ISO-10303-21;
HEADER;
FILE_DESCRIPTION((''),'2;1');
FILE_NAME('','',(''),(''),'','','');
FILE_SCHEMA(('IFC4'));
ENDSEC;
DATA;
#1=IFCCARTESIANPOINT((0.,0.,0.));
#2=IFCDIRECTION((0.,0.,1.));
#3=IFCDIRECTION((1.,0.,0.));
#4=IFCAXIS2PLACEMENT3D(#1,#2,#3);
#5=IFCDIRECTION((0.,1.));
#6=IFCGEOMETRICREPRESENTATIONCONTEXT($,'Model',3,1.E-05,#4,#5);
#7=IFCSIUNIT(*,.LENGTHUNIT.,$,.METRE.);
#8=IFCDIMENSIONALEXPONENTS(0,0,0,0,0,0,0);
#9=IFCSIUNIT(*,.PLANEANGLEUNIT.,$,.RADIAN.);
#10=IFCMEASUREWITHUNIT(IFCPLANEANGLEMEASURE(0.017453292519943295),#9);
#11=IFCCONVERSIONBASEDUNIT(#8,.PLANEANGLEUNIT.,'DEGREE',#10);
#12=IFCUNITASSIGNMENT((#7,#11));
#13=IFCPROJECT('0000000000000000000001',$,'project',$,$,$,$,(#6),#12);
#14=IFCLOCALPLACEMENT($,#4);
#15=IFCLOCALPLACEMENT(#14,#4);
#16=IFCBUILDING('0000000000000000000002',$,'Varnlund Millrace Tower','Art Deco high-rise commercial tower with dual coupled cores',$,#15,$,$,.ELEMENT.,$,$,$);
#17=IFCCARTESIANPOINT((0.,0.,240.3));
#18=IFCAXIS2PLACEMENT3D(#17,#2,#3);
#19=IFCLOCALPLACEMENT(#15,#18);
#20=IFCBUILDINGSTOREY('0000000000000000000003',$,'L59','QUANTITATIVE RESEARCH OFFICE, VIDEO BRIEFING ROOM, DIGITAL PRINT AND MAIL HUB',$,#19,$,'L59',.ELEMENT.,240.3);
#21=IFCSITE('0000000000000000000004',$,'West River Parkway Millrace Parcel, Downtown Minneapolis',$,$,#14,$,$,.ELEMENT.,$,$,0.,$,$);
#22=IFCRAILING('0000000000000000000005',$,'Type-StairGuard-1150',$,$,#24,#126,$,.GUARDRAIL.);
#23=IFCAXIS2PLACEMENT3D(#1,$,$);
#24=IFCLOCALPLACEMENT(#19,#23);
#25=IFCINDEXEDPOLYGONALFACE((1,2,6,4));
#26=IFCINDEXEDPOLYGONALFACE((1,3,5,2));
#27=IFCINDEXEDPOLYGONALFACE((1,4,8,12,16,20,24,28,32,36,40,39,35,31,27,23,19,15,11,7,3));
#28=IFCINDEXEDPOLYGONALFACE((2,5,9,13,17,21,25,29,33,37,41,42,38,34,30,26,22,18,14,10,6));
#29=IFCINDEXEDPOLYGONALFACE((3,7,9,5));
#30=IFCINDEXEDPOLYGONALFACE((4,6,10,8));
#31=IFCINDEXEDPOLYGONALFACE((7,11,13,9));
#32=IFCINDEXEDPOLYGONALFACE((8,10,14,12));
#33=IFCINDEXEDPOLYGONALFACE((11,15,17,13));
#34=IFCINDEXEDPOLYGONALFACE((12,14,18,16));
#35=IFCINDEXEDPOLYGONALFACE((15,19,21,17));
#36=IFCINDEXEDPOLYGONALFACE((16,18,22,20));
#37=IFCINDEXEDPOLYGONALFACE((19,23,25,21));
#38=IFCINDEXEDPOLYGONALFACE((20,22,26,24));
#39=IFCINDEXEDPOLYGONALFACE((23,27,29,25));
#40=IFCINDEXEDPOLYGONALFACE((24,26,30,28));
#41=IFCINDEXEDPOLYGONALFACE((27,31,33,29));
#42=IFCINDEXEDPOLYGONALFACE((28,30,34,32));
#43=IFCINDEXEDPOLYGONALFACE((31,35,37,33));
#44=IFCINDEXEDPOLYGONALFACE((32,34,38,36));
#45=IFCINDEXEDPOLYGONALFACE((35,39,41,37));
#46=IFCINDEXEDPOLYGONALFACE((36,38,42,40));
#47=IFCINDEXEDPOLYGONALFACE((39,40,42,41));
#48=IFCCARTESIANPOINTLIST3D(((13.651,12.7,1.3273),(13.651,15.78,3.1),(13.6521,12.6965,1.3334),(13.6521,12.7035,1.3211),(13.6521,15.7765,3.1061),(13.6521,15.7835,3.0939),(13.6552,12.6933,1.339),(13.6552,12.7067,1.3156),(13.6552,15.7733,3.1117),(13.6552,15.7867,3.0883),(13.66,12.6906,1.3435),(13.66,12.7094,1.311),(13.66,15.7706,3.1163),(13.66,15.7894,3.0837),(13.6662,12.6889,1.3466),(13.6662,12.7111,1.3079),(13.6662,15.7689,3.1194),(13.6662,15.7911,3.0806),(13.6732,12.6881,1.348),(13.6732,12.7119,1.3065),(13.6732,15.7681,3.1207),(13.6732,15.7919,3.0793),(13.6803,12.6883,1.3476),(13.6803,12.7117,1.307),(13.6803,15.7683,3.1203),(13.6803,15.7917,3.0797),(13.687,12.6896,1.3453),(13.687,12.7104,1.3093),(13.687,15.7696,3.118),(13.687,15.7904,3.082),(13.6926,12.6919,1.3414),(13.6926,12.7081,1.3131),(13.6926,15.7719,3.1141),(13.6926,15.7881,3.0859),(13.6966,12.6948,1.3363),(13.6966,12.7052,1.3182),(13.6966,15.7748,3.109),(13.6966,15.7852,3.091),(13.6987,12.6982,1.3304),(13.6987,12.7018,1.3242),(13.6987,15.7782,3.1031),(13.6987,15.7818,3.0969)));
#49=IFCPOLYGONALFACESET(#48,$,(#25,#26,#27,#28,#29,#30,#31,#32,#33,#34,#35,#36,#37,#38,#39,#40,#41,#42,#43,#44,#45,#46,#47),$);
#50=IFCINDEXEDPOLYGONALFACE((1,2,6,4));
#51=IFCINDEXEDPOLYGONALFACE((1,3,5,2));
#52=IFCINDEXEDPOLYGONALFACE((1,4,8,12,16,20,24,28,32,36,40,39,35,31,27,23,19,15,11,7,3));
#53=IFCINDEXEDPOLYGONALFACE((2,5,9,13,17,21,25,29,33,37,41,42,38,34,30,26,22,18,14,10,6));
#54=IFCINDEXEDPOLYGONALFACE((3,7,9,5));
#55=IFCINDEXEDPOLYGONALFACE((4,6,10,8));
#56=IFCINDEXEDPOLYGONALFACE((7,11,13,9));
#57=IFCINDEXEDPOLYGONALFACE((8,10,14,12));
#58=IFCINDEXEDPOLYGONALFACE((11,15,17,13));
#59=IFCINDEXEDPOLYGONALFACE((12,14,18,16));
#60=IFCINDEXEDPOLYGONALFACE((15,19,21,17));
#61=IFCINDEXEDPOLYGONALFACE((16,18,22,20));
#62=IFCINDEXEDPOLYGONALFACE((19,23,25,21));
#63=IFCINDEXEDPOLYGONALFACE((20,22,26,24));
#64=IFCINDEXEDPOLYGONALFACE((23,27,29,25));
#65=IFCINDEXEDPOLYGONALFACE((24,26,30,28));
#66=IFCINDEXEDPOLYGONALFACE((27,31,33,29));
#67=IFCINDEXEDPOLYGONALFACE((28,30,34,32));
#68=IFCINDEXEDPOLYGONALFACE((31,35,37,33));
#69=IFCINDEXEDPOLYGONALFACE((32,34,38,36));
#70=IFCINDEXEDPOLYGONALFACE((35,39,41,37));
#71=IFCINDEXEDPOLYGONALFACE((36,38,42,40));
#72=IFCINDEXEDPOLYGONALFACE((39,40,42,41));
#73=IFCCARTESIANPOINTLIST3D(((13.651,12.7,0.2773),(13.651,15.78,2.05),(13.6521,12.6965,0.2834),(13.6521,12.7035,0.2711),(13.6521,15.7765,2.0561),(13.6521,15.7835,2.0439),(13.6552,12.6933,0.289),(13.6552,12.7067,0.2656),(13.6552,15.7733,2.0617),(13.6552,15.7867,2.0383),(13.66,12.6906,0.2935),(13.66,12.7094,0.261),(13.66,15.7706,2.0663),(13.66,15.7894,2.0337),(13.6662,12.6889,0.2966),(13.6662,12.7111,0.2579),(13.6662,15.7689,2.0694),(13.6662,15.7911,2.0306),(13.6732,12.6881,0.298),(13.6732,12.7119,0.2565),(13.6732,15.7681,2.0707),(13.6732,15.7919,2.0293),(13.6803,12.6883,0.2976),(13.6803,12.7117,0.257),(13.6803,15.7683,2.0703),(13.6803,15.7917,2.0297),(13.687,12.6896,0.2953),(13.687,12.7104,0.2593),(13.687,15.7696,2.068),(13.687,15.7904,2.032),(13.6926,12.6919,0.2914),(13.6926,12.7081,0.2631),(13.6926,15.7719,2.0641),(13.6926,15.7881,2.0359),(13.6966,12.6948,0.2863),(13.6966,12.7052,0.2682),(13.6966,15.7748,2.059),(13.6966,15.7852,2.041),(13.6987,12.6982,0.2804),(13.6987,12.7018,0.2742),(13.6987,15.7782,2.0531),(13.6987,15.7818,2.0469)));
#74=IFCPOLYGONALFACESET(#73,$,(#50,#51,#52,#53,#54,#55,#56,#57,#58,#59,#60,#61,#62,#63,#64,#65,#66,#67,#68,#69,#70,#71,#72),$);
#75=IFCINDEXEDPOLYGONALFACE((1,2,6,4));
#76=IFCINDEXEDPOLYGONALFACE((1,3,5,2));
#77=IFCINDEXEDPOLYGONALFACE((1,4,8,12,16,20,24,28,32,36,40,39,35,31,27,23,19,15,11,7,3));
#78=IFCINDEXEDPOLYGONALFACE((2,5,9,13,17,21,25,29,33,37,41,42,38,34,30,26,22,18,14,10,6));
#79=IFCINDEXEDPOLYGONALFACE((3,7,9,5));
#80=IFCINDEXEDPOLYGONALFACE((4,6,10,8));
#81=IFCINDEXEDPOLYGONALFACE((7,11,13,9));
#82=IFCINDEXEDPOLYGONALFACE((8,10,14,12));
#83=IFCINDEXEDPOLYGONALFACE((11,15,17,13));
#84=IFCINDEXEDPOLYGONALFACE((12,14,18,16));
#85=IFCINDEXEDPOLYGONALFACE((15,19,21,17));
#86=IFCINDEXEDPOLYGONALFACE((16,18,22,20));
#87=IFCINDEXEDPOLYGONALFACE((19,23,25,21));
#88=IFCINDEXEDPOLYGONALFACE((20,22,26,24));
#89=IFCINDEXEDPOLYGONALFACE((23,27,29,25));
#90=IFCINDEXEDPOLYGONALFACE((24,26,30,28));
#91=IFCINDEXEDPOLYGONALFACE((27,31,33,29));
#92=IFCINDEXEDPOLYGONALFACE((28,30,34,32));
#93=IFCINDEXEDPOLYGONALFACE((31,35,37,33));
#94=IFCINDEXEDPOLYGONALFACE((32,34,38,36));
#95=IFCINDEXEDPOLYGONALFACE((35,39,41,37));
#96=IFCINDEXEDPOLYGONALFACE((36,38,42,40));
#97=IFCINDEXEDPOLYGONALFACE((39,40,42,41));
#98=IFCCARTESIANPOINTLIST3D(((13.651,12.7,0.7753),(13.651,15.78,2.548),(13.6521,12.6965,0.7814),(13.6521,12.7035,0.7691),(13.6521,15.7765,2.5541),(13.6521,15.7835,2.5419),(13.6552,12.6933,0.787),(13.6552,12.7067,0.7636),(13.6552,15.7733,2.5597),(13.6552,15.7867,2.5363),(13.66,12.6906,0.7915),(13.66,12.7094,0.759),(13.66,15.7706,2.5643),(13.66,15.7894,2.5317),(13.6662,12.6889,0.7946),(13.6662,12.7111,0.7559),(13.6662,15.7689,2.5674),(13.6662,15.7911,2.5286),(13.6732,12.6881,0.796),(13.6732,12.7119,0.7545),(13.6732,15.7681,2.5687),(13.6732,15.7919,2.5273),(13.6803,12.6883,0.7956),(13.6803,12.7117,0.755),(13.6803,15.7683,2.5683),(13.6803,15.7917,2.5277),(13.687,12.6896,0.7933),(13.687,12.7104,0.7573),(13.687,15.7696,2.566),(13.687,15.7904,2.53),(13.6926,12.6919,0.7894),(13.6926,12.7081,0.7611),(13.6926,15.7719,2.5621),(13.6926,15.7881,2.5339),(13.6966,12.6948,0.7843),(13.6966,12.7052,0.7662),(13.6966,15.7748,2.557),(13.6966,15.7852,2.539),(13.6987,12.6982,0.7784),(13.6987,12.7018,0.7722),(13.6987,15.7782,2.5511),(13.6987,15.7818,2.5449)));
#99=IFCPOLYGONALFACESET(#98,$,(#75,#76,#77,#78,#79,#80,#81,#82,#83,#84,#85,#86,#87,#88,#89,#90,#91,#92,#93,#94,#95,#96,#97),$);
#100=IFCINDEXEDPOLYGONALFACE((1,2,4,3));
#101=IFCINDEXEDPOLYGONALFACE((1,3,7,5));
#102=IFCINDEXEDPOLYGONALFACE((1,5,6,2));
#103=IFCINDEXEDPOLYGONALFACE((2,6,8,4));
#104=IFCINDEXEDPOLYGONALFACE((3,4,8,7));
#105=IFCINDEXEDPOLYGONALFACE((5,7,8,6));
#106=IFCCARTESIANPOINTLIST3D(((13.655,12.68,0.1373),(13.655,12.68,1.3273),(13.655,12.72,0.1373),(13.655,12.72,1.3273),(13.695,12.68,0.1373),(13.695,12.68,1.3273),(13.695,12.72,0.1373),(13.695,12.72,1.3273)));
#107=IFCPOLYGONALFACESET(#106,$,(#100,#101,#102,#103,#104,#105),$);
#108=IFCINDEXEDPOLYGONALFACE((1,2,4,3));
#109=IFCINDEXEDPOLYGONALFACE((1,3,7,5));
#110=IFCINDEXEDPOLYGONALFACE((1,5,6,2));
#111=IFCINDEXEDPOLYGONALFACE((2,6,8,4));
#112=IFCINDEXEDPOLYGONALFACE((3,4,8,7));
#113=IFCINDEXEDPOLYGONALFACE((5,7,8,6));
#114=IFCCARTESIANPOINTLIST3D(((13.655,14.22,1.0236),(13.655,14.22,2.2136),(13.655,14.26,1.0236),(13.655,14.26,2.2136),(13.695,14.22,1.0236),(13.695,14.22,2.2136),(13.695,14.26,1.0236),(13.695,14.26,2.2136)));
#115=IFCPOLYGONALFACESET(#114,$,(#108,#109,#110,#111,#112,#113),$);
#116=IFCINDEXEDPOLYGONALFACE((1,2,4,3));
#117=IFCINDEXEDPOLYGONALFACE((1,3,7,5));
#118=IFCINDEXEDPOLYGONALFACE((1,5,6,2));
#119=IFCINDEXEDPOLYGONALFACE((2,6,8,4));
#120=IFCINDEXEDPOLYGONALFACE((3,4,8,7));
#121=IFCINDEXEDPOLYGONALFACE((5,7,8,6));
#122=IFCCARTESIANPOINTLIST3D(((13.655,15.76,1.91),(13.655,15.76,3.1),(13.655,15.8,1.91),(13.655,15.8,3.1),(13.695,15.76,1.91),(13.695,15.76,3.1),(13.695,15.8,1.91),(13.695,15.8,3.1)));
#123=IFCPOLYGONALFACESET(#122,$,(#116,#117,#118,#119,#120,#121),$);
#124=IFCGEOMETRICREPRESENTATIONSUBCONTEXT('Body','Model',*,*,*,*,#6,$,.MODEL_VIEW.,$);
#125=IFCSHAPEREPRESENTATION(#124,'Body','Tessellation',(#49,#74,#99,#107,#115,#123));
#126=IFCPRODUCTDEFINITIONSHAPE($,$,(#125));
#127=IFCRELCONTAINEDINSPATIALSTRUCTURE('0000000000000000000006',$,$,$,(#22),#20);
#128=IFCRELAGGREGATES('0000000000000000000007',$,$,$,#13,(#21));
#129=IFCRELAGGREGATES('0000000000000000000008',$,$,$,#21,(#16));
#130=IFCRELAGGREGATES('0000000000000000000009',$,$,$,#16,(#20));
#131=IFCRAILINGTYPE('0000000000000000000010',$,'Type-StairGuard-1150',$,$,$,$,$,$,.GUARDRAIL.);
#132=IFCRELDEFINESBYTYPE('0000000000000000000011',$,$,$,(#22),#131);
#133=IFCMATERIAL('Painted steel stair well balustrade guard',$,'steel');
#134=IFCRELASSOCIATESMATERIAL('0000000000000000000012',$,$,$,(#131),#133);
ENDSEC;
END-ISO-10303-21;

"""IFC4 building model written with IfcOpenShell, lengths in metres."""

from ifc_helpers import new_model, entity, si_unit, converted_unit, direction, frame, origin_with_axes, origin_2d_with_axis, place, context, subcontext, project, spatial, rectangle, circle, extrude, material, type_object, element, save


model = new_model("IFC4")

# Units and contexts
model_context = context("Model", 3, precision=1e-05, world=origin_with_axes(), true_north=direction((0.0, 1.0)))
body_context = subcontext(model_context, "Body", "Model", "MODEL_VIEW")
ifc_project = project(units=[si_unit("LENGTHUNIT", "METRE"), converted_unit("PLANEANGLEUNIT", "DEGREE", entity("IfcPlaneAngleMeasure", 0.017453292519943295), si_unit("PLANEANGLEUNIT", "RADIAN"), dimensions=[0, 0, 0, 0, 0, 0, 0])], contexts=[model_context])

# Site, building, storey
site_placement = place(None, origin_with_axes())
site = spatial("IfcSite", under=ifc_project, at=site_placement, Name="West River Parkway Millrace Parcel, Downtown Minneapolis", CompositionType="ELEMENT", RefElevation=0.0)
building_placement = place(site_placement, origin_with_axes())
building = spatial("IfcBuilding", under=site, at=building_placement, Name="Varnlund Millrace Tower", Description="Art Deco high-rise commercial tower with dual coupled cores", CompositionType="ELEMENT")
storey_placement = place(building_placement, frame((0.0, 0.0, 240.3), z_axis=(0.0, 0.0, 1.0), x_axis=(1.0, 0.0, 0.0)))
storey = spatial("IfcBuildingStorey", under=building, at=storey_placement, Name="L59", Description="QUANTITATIVE RESEARCH OFFICE, VIDEO BRIEFING ROOM, DIGITAL PRINT AND MAIL HUB", LongName="L59", CompositionType="ELEMENT", Elevation=240.3)

# Railing
ifc_material_1 = material(Name="Painted steel stair well balustrade guard", Category="steel")
railing_type_1 = type_object("IfcRailingType", Name="Type-StairGuard-1150", PredefinedType="GUARDRAIL", material=ifc_material_1)
railing_1_placement = place(storey_placement, frame((0.0, 0.0, -240.3), z_axis=(0.0, 0.0, 1.0), x_axis=(1.0, 0.0, 0.0)))
element("IfcRailing", 1, at=railing_1_placement, inside=storey, type_object=railing_type_1, Name="Type-StairGuard-1150", PredefinedType="GUARDRAIL", context=body_context, shape_type="SweptSolid", body=[
    extrude(circle(Radius=0.024, at=origin_2d_with_axis()), frame((13.675, 12.7, 241.6273), z_axis=(0.0, 0.866696, 0.498836), x_axis=(-1.0, 0.0, 0.0)), (0.0, 0.0, 1.0), 3.5537),
    extrude(circle(Radius=0.024, at=origin_2d_with_axis()), frame((13.675, 12.7, 240.5773), z_axis=(0.0, 0.866696, 0.498836), x_axis=(-1.0, 0.0, 0.0)), (0.0, 0.0, 1.0), 3.5537),
    extrude(circle(Radius=0.024, at=origin_2d_with_axis()), frame((13.675, 12.7, 241.0753), z_axis=(0.0, 0.866696, 0.498836), x_axis=(-1.0, 0.0, 0.0)), (0.0, 0.0, 1.0), 3.5537),
    extrude(rectangle(XDim=0.04, YDim=0.04, at=origin_2d_with_axis()), frame((13.675, 12.7, 240.4373), z_axis=(0.0, 0.0, 1.0), x_axis=(1.0, 0.0, 0.0)), (0.0, 0.0, 1.0), 1.19),
    extrude(rectangle(XDim=0.04, YDim=0.04, at=origin_2d_with_axis()), frame((13.675, 14.24, 241.3236), z_axis=(0.0, 0.0, 1.0), x_axis=(1.0, 0.0, 0.0)), (0.0, 0.0, 1.0), 1.19),
    extrude(rectangle(XDim=0.04, YDim=0.04, at=origin_2d_with_axis()), frame((13.675, 15.78, 242.21), z_axis=(0.0, 0.0, 1.0), x_axis=(1.0, 0.0, 0.0)), (0.0, 0.0, 1.0), 1.19),
])

save(model, "model.ifc")
